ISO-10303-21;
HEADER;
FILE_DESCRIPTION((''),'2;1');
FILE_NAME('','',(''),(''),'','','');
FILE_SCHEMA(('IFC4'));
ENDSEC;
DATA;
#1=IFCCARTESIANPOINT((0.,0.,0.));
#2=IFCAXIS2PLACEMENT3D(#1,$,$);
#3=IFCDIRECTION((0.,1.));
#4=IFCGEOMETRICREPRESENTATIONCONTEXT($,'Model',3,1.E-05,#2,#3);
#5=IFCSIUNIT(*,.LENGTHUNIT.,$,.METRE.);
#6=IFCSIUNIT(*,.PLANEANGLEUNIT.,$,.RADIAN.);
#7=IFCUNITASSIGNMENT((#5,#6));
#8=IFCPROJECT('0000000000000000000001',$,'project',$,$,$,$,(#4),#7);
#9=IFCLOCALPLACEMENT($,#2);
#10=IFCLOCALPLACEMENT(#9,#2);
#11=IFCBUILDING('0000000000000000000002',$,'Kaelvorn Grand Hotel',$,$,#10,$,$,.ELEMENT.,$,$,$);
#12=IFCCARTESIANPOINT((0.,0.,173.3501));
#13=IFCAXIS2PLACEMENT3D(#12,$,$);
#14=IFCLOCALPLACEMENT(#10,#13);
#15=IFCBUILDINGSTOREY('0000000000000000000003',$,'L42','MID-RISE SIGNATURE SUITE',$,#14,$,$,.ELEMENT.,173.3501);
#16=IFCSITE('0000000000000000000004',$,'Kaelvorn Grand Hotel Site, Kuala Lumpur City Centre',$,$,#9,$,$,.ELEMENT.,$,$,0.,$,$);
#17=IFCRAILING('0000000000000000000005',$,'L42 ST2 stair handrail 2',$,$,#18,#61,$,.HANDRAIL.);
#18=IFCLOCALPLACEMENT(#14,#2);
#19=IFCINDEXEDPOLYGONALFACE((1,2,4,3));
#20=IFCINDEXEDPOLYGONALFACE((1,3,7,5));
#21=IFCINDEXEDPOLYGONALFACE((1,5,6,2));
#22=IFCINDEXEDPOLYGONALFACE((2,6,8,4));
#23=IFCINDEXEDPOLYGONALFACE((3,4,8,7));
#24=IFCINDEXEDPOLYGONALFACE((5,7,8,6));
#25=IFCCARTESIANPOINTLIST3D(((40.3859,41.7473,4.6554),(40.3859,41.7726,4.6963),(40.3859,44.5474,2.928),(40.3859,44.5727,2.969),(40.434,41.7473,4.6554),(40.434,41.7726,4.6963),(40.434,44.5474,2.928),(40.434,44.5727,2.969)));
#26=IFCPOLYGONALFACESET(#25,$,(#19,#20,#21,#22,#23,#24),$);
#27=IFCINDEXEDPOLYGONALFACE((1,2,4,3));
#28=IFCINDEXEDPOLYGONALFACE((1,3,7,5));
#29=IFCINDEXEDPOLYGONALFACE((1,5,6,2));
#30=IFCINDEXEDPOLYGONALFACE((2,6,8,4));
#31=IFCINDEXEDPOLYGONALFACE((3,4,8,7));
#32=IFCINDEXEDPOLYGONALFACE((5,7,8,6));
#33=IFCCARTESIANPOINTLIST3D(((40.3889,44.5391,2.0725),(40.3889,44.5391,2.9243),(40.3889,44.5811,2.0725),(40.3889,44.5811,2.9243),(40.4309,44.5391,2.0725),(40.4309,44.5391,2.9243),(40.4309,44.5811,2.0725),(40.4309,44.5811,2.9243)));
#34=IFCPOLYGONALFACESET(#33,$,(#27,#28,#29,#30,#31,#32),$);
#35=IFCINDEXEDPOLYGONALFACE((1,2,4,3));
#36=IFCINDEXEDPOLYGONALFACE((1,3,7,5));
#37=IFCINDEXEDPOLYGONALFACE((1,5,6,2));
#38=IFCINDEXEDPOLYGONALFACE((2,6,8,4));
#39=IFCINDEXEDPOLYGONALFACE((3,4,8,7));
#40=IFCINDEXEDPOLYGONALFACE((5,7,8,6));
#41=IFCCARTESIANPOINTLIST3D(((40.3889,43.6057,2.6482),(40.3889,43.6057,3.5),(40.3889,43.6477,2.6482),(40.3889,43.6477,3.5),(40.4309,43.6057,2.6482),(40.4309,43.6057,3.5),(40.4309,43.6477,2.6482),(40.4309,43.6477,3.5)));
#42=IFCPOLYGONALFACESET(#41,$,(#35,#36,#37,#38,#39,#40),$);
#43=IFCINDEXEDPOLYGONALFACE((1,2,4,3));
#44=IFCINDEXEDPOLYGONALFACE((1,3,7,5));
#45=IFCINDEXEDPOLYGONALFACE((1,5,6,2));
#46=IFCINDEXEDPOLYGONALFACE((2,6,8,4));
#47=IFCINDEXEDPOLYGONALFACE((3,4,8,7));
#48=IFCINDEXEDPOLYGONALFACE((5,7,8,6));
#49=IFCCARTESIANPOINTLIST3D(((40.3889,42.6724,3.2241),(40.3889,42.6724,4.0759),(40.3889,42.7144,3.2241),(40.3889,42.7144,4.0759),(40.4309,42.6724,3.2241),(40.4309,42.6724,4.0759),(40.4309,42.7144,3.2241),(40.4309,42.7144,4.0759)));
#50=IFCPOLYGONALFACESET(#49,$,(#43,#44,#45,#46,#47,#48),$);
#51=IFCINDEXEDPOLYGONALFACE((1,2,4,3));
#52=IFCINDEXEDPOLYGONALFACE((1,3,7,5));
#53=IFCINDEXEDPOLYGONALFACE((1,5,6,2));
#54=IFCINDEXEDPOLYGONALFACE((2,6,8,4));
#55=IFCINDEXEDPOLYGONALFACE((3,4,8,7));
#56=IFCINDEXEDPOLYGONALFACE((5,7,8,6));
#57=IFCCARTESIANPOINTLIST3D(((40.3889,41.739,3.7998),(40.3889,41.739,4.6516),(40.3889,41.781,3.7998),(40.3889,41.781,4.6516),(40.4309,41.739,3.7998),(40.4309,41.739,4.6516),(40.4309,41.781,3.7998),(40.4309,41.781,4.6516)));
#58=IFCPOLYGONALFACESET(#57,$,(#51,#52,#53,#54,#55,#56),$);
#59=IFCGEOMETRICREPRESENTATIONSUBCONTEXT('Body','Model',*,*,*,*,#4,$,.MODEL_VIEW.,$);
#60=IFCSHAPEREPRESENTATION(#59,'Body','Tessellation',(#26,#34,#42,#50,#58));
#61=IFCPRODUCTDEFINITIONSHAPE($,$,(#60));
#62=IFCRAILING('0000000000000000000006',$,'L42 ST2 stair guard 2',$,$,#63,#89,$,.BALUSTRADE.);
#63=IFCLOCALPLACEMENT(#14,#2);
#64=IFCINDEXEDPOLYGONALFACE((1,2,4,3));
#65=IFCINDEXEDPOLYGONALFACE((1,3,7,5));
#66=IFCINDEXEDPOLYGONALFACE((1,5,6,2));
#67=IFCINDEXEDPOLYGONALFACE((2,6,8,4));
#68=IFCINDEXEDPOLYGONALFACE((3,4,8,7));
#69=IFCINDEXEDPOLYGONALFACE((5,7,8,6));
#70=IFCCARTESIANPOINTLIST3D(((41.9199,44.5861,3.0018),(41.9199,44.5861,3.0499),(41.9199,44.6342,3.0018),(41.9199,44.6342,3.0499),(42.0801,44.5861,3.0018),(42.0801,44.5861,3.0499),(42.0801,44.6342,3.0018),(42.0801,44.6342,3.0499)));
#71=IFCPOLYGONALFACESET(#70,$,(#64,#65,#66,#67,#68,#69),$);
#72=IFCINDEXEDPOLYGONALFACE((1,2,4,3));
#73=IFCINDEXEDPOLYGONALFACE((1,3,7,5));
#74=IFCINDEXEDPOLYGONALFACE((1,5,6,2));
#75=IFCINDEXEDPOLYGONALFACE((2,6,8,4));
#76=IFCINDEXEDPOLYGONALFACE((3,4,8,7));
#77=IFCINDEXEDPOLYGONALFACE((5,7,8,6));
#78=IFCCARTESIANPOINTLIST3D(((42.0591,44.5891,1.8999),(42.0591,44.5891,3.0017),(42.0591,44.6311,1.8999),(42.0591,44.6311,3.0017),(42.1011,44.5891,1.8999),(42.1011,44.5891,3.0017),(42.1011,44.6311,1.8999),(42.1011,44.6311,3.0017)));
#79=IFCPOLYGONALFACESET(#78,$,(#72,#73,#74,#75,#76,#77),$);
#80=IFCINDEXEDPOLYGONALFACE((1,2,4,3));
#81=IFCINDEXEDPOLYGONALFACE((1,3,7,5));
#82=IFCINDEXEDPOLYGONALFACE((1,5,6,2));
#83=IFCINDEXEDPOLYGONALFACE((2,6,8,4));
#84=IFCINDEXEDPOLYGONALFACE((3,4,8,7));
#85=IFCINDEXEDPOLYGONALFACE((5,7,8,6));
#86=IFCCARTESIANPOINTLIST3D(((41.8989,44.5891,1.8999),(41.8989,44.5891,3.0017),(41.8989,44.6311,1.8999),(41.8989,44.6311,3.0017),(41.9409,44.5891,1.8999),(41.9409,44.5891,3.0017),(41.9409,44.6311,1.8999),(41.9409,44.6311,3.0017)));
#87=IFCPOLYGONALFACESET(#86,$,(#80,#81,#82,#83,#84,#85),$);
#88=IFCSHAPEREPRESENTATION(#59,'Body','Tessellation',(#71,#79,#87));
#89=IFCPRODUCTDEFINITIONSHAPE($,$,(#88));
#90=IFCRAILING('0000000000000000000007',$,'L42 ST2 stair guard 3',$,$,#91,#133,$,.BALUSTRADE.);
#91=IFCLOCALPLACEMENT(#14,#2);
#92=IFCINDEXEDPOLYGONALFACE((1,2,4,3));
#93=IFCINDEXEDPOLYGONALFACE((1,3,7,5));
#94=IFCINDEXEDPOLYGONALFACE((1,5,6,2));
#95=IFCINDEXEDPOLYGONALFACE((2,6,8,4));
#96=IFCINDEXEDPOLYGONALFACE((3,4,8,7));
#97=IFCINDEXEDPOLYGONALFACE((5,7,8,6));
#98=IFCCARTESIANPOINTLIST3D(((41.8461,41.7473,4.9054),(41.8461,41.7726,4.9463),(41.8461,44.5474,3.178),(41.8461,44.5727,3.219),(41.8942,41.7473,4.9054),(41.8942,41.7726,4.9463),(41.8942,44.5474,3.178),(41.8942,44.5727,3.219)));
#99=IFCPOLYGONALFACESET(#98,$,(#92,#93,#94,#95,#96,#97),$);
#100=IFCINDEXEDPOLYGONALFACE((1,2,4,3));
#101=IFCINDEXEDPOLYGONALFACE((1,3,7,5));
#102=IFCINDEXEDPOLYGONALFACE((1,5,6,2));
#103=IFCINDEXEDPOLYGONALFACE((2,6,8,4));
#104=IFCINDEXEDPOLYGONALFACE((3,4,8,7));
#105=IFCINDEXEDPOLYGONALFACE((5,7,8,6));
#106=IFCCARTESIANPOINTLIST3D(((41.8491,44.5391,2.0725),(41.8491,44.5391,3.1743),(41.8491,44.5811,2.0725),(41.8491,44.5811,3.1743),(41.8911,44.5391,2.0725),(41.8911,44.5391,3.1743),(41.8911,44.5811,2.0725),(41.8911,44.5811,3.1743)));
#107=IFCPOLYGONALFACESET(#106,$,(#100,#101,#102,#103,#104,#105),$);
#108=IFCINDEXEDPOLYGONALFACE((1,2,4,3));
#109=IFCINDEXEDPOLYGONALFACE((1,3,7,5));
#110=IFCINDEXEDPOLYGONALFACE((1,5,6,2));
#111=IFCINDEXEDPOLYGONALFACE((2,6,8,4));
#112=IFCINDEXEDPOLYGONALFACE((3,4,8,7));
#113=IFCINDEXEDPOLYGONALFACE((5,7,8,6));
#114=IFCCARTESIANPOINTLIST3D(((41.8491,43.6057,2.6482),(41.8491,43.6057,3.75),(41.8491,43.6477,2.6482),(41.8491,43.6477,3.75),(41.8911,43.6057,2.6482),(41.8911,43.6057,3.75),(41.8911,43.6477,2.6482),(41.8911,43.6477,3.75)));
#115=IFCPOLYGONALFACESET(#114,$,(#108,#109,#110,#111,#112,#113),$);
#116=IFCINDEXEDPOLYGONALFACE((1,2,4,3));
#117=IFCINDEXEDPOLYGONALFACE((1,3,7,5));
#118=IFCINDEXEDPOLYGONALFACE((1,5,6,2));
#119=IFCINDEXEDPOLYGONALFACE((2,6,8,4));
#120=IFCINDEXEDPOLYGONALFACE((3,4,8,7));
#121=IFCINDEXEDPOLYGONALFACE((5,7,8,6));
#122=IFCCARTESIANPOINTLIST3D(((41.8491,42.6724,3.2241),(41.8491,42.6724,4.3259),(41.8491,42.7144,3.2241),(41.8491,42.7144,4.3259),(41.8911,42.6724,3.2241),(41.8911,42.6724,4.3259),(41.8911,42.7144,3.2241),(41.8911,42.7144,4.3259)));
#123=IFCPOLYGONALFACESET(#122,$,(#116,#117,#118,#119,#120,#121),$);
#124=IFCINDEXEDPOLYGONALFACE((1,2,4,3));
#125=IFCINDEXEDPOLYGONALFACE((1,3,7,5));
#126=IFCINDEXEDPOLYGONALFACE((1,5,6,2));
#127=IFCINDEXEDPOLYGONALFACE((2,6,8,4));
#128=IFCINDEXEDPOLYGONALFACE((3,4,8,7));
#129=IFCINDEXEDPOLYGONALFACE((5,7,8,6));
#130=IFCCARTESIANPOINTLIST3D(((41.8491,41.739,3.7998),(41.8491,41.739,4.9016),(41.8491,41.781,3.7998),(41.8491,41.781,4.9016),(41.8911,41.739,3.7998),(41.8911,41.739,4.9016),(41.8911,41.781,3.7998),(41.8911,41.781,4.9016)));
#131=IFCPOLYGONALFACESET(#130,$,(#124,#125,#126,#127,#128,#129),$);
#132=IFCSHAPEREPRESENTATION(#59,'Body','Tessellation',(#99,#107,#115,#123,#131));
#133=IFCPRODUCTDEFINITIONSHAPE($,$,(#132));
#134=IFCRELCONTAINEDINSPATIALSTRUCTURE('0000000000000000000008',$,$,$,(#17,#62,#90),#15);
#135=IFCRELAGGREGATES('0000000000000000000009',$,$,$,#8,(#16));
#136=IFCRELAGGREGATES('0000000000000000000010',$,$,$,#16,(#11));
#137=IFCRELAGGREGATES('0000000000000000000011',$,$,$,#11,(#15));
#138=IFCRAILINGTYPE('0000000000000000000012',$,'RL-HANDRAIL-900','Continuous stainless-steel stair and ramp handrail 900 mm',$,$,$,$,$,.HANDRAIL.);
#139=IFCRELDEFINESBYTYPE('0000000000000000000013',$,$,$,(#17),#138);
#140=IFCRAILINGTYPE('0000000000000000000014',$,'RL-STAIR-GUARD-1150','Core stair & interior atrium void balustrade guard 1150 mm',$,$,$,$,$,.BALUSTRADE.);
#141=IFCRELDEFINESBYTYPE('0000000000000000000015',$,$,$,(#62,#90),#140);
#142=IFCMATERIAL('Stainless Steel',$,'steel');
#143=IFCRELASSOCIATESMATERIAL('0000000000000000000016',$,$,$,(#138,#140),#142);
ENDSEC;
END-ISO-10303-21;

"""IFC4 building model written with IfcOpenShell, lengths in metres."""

from ifc_helpers import new_model, si_unit, direction, frame, origin, origin_2d, place, context, subcontext, project, spatial, rectangle, extrude, material, type_object, element, save


model = new_model("IFC4")

# Units and contexts
model_context = context("Model", 3, precision=1e-05, world=origin(), true_north=direction((0.0, 1.0)))
body_context = subcontext(model_context, "Body", "Model", "MODEL_VIEW")
ifc_project = project(units=[si_unit("LENGTHUNIT", "METRE"), si_unit("PLANEANGLEUNIT", "RADIAN")], contexts=[model_context])

# Site, building, storey
site_placement = place(None, origin())
site = spatial("IfcSite", under=ifc_project, at=site_placement, Name="Kaelvorn Grand Hotel Site, Kuala Lumpur City Centre", CompositionType="ELEMENT", RefElevation=0.0)
building_placement = place(site_placement, origin())
building = spatial("IfcBuilding", under=site, at=building_placement, Name="Kaelvorn Grand Hotel", CompositionType="ELEMENT")
storey_placement = place(building_placement, frame((0.0, 0.0, 173.3501)))
storey = spatial("IfcBuildingStorey", under=building, at=storey_placement, Name="L42", Description="MID-RISE SIGNATURE SUITE", CompositionType="ELEMENT", Elevation=173.3501)

# Railings
ifc_material_1 = material(Name="Stainless Steel", Category="steel")
railing_type_1 = type_object("IfcRailingType", Name="RL-HANDRAIL-900", Description="Continuous stainless-steel stair and ramp handrail 900 mm", PredefinedType="HANDRAIL", material=ifc_material_1)
railing_1_placement = place(storey_placement, frame((40.4099, 44.5601, 2.0725)))
element("IfcRailing", 1, at=railing_1_placement, inside=storey, type_object=railing_type_1, Name="L42 ST2 stair handrail 2", PredefinedType="HANDRAIL", context=body_context, shape_type="SweptSolid", body=[
    extrude(rectangle(XDim=0.0481, YDim=0.0481, at=origin_2d()), frame((0.0, 0.0, 0.876), z_axis=(0.0, -0.85109, 0.52502), x_axis=(1.0, 0.0, 0.0)), (0.0, 0.0, 1.0), 3.29),
    extrude(rectangle(XDim=0.042, YDim=0.042, at=origin_2d()), origin(), (0.0, 0.0, 1.0), 0.8518),
    extrude(rectangle(XDim=0.042, YDim=0.042, at=origin_2d()), frame((0.0, -0.9333, 0.5757)), (0.0, 0.0, 1.0), 0.8518),
    extrude(rectangle(XDim=0.042, YDim=0.042, at=origin_2d()), frame((0.0, -1.8667, 1.1516)), (0.0, 0.0, 1.0), 0.8518),
    extrude(rectangle(XDim=0.042, YDim=0.042, at=origin_2d()), frame((0.0, -2.8, 1.7273)), (0.0, 0.0, 1.0), 0.8518),
])
railing_type_2 = type_object("IfcRailingType", Name="RL-STAIR-GUARD-1150", Description="Core stair & interior atrium void balustrade guard 1150 mm", PredefinedType="BALUSTRADE", material=ifc_material_1)
railing_2_placement = place(storey_placement, frame((42.0801, 44.6101, 1.8999)))
element("IfcRailing", 2, at=railing_2_placement, inside=storey, type_object=railing_type_2, Name="L42 ST2 stair guard 2", PredefinedType="BALUSTRADE", context=body_context, shape_type="SweptSolid", body=[
    extrude(rectangle(XDim=0.0481, YDim=0.0481, at=origin_2d()), frame((0.0, 0.0, 1.126), z_axis=(-1.0, 0.0, 0.0), x_axis=(0.0, -1.0, 0.0)), (0.0, 0.0, 1.0), 0.1602),
    extrude(rectangle(XDim=0.042, YDim=0.042, at=origin_2d()), origin(), (0.0, 0.0, 1.0), 1.1018),
    extrude(rectangle(XDim=0.042, YDim=0.042, at=origin_2d()), frame((-0.1602, 0.0, 0.0)), (0.0, 0.0, 1.0), 1.1018),
])
railing_3_placement = place(storey_placement, frame((41.8701, 44.5601, 2.0725)))
element("IfcRailing", 3, at=railing_3_placement, inside=storey, type_object=railing_type_2, Name="L42 ST2 stair guard 3", PredefinedType="BALUSTRADE", context=body_context, shape_type="SweptSolid", body=[
    extrude(rectangle(XDim=0.0481, YDim=0.0481, at=origin_2d()), frame((0.0, 0.0, 1.126), z_axis=(0.0, -0.85109, 0.52502), x_axis=(1.0, 0.0, 0.0)), (0.0, 0.0, 1.0), 3.29),
    extrude(rectangle(XDim=0.042, YDim=0.042, at=origin_2d()), origin(), (0.0, 0.0, 1.0), 1.1018),
    extrude(rectangle(XDim=0.042, YDim=0.042, at=origin_2d()), frame((0.0, -0.9333, 0.5757)), (0.0, 0.0, 1.0), 1.1018),
    extrude(rectangle(XDim=0.042, YDim=0.042, at=origin_2d()), frame((0.0, -1.8667, 1.1516)), (0.0, 0.0, 1.0), 1.1018),
    extrude(rectangle(XDim=0.042, YDim=0.042, at=origin_2d()), frame((0.0, -2.8, 1.7273)), (0.0, 0.0, 1.0), 1.1018),
])

save(model, "model.ifc")
